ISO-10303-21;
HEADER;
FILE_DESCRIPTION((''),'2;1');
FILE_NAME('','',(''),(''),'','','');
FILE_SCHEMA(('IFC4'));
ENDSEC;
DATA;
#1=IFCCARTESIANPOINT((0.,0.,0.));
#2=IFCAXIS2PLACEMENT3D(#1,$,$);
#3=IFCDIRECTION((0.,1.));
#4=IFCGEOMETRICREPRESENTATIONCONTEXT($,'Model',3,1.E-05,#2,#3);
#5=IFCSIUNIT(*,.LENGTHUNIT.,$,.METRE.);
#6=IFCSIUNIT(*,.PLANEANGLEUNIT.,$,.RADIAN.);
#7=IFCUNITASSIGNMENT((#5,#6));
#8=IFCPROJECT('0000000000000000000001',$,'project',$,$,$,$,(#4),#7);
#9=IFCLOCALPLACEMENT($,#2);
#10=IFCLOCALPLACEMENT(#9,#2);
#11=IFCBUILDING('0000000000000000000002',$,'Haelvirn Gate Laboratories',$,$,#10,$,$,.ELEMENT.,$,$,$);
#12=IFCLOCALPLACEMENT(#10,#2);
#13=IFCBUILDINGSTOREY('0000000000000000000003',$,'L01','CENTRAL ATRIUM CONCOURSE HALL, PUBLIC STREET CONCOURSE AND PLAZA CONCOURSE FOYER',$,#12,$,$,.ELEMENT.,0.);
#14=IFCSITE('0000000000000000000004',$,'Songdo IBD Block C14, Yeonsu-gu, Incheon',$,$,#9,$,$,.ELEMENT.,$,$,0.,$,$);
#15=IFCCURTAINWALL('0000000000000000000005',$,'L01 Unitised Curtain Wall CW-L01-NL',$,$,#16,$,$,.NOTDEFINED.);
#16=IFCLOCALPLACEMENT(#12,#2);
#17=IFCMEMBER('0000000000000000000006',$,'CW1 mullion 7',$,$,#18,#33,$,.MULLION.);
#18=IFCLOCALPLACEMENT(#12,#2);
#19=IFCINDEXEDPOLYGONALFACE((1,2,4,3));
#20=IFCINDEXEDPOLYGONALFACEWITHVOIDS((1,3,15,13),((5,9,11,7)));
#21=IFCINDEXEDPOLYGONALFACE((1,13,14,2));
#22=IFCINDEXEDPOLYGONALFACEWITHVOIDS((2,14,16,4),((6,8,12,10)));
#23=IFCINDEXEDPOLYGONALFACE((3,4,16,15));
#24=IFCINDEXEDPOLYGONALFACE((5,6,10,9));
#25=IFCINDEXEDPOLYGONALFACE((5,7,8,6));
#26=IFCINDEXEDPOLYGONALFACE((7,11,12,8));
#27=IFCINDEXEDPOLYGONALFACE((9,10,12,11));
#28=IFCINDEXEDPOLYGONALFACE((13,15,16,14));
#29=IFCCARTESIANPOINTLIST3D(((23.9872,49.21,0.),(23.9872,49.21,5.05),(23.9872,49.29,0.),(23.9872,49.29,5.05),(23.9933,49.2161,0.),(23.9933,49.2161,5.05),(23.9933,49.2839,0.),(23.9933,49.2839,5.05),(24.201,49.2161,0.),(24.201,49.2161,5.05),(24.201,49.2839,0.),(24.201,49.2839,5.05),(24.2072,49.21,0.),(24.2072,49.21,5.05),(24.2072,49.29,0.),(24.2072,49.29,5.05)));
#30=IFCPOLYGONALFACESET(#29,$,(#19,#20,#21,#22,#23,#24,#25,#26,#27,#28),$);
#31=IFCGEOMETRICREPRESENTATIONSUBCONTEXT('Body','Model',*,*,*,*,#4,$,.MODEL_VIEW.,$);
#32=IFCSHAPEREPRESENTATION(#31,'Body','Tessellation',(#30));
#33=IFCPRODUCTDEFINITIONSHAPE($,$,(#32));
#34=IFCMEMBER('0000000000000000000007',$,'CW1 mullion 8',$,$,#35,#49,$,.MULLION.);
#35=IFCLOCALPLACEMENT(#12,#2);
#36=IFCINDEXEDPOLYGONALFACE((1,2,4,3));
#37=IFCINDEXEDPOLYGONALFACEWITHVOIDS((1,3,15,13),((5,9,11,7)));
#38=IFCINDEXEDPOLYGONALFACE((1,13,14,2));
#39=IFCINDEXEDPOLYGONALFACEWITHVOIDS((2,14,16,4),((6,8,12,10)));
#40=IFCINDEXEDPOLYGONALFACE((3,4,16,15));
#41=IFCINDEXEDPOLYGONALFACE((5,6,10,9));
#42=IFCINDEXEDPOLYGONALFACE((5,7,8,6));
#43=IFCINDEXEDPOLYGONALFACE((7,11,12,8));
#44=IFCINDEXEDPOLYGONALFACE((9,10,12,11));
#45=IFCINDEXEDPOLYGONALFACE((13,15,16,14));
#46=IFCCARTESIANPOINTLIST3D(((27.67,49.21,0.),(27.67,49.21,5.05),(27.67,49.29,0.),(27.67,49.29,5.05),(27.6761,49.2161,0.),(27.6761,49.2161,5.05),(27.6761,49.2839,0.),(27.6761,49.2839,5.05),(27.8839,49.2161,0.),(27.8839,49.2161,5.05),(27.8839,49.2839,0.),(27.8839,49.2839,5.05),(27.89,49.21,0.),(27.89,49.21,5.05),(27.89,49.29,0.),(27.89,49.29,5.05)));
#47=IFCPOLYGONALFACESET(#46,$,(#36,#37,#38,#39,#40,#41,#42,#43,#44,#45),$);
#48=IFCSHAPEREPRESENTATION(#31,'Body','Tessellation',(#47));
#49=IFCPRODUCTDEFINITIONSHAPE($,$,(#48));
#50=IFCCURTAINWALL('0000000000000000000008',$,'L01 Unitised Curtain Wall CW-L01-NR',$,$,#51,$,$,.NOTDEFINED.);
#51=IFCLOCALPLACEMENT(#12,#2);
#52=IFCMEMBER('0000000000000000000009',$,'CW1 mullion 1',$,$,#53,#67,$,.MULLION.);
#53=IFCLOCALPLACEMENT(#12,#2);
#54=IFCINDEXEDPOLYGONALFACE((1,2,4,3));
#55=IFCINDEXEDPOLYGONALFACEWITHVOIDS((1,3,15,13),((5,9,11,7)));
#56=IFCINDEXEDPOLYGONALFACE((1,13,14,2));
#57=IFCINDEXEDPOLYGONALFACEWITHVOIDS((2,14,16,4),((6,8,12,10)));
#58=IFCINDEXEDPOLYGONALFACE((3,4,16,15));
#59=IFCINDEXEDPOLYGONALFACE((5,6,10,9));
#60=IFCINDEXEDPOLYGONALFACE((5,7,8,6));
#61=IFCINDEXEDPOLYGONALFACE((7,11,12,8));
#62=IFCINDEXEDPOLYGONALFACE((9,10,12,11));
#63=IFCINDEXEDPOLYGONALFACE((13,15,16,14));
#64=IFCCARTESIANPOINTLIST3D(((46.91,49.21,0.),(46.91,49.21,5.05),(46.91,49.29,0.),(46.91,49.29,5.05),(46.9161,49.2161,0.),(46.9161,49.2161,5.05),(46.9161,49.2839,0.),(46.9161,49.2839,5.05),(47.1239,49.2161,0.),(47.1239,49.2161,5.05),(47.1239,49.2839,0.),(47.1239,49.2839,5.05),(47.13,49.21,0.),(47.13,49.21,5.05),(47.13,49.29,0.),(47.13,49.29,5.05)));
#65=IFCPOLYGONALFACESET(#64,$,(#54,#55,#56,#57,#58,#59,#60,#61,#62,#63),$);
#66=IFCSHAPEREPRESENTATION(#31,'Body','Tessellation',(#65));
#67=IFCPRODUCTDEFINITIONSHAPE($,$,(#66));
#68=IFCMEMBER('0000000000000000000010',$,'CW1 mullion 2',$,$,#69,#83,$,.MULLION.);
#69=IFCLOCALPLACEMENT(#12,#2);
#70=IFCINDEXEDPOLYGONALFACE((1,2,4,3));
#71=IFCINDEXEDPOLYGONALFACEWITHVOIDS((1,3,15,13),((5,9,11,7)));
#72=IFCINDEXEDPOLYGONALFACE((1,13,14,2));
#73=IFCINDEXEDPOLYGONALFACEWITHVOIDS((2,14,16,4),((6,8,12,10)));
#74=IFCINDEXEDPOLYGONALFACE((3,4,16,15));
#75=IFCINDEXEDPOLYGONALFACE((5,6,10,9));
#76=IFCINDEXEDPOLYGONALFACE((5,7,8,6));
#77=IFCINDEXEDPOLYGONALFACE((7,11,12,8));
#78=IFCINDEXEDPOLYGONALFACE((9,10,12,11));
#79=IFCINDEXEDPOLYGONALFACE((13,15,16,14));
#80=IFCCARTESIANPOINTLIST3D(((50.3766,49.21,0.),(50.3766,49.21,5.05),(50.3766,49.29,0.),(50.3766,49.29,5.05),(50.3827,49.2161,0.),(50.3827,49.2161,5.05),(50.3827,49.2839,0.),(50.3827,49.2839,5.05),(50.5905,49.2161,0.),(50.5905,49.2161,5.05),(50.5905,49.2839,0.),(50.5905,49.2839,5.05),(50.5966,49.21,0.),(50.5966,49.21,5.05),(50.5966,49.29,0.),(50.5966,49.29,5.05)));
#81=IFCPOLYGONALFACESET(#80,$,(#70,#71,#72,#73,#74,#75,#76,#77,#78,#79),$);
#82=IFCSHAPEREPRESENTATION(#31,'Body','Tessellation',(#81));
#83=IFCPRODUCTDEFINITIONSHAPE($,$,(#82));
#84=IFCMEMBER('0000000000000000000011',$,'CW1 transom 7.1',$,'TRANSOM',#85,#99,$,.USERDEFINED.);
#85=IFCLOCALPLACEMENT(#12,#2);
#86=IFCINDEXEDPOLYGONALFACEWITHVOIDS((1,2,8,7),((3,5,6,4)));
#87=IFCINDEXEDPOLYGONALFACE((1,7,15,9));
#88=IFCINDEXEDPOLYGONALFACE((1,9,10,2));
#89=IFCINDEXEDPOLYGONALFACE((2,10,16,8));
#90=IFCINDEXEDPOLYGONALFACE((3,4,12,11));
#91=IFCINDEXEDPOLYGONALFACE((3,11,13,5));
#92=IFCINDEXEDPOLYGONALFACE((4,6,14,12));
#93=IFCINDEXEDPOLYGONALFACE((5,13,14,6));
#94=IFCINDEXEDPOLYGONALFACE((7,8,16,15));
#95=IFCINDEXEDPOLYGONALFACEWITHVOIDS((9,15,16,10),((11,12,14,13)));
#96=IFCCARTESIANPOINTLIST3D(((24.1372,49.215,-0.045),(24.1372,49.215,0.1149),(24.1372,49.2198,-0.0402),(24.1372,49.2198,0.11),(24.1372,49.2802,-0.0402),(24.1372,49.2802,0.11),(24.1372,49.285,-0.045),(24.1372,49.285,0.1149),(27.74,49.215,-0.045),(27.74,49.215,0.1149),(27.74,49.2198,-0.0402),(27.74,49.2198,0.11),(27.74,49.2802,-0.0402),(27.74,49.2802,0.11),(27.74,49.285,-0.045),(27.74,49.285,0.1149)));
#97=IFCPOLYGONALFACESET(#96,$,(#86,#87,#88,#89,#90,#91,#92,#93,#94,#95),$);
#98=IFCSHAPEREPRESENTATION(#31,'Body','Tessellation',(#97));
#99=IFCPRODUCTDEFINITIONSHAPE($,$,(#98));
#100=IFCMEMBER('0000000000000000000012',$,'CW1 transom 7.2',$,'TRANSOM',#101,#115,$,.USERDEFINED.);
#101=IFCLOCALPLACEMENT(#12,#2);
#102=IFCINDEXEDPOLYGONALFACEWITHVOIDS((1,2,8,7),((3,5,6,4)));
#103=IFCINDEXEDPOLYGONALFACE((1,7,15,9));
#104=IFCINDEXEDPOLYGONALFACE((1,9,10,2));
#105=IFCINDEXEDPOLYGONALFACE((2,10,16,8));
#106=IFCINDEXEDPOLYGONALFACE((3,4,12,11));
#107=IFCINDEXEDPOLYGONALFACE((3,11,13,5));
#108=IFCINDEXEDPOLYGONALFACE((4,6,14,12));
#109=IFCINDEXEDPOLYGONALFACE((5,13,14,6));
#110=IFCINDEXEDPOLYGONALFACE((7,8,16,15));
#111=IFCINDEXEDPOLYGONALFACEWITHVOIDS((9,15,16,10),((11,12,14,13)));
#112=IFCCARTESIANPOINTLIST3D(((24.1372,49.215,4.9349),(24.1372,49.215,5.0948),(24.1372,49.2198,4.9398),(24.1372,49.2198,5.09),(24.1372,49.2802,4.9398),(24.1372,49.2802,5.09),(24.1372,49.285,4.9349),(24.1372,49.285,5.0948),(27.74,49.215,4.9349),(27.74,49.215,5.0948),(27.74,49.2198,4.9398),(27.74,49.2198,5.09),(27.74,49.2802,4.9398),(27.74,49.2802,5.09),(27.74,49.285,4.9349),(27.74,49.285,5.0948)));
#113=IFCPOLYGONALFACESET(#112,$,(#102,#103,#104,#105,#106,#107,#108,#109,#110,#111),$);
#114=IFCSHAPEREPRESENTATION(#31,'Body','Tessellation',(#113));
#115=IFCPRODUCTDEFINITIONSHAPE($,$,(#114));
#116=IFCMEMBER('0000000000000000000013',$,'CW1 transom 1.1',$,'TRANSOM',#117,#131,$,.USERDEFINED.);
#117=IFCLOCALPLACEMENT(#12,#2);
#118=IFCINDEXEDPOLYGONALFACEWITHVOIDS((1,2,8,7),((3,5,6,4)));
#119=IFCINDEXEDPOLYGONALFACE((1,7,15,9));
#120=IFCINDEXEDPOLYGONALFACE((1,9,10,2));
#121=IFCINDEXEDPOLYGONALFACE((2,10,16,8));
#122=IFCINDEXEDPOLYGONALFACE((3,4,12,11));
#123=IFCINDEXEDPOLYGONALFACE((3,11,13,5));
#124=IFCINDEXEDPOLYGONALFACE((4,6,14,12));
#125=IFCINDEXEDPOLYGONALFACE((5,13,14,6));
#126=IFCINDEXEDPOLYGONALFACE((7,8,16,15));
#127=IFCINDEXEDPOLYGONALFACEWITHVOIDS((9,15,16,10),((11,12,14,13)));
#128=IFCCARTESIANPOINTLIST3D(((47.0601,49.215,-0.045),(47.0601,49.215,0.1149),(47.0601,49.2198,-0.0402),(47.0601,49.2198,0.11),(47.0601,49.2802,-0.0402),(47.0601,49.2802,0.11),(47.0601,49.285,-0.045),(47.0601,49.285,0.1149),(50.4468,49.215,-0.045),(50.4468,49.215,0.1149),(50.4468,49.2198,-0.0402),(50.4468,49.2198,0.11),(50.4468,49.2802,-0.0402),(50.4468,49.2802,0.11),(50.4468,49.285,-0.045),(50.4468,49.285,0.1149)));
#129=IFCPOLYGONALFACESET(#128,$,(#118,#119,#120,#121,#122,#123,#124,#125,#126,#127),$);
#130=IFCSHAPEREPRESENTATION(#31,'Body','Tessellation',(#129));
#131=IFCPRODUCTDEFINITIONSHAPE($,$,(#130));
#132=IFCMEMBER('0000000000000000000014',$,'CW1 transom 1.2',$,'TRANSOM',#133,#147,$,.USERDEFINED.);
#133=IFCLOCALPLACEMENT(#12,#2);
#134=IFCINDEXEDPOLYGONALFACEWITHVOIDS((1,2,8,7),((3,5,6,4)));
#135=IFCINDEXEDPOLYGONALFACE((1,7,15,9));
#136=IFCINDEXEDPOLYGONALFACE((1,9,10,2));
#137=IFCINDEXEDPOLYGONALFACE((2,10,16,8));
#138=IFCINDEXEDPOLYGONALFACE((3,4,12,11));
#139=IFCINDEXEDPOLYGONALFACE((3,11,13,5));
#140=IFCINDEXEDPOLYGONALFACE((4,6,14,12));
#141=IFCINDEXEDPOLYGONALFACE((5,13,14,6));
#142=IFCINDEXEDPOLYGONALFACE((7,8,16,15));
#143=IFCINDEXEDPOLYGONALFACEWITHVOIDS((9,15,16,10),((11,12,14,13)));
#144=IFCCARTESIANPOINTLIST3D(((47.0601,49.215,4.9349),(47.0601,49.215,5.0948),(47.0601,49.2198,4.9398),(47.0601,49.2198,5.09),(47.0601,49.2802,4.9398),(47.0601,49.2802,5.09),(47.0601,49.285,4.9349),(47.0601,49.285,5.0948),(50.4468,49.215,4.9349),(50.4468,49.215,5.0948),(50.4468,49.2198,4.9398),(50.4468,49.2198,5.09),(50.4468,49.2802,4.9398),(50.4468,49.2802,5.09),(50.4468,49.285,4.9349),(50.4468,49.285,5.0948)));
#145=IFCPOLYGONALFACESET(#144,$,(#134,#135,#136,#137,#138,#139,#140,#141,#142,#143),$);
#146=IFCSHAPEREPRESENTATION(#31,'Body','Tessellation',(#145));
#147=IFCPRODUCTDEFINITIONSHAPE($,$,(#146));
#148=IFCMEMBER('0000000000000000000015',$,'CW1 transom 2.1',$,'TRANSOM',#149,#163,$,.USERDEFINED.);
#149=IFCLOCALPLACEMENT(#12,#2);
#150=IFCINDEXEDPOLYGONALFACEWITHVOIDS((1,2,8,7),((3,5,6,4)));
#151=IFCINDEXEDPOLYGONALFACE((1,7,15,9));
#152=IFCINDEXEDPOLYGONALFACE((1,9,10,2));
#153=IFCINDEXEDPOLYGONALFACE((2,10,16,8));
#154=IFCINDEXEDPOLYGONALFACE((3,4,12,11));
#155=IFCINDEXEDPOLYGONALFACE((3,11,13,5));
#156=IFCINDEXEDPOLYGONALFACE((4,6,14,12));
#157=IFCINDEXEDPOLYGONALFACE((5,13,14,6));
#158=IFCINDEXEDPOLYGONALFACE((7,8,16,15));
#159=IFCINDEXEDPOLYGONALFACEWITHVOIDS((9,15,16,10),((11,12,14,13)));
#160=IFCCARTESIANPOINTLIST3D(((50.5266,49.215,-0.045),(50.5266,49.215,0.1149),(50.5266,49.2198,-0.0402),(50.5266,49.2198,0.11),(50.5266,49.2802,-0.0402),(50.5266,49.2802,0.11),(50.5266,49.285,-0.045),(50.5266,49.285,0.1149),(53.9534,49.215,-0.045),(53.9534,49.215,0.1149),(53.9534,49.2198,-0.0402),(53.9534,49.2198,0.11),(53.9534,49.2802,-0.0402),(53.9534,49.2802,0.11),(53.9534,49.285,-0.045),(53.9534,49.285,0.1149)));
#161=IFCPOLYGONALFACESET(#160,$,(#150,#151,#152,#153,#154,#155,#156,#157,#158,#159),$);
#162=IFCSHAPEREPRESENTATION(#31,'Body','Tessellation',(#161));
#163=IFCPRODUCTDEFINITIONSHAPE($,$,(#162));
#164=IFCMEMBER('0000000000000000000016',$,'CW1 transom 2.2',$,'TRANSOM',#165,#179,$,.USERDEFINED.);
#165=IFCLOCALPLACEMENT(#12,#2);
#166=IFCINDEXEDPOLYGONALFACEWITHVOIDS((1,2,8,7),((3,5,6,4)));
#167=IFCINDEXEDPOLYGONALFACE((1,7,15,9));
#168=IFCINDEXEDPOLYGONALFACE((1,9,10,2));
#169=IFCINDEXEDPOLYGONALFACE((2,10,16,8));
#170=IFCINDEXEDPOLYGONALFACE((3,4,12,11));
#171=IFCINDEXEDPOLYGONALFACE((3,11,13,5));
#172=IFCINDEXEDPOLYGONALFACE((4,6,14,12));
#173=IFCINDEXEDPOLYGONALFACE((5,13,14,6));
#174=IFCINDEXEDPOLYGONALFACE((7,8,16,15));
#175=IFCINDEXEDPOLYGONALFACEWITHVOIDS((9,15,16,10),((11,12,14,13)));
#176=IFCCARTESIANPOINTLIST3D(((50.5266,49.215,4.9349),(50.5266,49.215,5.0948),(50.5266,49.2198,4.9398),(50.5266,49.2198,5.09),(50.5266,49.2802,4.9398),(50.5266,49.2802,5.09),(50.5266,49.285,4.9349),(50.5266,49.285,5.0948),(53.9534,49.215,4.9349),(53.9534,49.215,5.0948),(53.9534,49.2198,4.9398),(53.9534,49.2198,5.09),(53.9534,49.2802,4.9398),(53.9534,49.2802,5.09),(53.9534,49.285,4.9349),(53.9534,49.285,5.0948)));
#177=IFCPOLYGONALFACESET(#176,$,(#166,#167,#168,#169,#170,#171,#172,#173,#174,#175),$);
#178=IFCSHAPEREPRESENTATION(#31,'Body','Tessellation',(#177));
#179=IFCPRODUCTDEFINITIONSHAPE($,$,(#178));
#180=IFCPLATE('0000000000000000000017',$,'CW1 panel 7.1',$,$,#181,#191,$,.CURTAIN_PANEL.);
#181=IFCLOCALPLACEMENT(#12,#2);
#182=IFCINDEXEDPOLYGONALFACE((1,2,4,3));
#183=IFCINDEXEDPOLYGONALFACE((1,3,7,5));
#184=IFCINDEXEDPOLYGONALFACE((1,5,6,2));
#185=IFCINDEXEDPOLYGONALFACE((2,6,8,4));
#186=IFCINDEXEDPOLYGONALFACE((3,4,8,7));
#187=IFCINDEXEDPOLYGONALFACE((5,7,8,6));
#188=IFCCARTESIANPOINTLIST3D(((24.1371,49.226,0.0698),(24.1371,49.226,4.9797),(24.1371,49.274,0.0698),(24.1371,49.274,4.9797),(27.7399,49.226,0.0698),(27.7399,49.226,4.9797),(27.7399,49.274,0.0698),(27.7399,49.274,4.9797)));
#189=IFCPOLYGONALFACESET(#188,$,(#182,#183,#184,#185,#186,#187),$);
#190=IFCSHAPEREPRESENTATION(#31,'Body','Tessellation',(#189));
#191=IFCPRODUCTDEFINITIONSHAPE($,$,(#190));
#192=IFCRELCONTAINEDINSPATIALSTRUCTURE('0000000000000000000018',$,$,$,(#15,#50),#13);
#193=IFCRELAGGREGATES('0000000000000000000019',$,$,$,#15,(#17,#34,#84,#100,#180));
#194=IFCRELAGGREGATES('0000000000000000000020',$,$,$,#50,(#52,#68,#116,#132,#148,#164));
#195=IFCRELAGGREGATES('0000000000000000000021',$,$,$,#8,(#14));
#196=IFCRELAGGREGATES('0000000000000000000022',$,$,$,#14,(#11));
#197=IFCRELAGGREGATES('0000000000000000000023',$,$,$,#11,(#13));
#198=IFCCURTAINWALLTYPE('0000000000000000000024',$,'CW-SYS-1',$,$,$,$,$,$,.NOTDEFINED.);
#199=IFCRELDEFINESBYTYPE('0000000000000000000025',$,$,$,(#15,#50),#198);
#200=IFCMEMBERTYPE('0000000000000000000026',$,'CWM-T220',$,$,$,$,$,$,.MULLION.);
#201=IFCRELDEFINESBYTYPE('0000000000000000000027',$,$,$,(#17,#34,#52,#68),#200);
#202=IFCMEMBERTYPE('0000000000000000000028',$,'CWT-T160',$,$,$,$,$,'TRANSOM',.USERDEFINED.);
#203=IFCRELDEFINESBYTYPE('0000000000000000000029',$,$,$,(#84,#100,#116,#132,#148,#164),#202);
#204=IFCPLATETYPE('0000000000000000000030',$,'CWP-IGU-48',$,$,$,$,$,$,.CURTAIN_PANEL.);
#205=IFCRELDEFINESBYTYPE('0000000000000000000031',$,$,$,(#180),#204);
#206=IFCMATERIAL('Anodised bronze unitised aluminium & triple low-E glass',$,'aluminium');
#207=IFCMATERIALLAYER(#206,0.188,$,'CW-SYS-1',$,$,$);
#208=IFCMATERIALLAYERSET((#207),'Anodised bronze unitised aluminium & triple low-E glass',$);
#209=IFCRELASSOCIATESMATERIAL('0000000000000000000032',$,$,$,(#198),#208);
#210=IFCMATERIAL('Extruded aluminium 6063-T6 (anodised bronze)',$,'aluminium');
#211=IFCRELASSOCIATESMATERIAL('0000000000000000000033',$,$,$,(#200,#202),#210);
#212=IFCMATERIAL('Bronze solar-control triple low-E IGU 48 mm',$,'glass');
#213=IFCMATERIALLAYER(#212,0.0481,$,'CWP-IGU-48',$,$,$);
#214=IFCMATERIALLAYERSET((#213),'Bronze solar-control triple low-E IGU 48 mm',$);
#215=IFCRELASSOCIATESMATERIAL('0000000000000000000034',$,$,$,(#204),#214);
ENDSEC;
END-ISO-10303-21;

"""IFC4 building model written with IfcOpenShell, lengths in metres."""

from ifc_helpers import new_model, si_unit, direction, frame, origin, origin_2d, place, context, subcontext, project, spatial, rectangle, hollow_rectangle, extrude, source, transform, mapped, material, layer, layer_set, material_profile, profile_set, type_object, type_shapes, element, aggregate, save


model = new_model("IFC4")

# Units and contexts
model_context = context("Model", 3, precision=1e-05, world=origin(), true_north=direction((0.0, 1.0)))
body_context = subcontext(model_context, "Body", "Model", "MODEL_VIEW")
ifc_project = project(units=[si_unit("LENGTHUNIT", "METRE"), si_unit("PLANEANGLEUNIT", "RADIAN")], contexts=[model_context])

# Site, building, storey
site_placement = place(None, origin())
site = spatial("IfcSite", under=ifc_project, at=site_placement, Name="Songdo IBD Block C14, Yeonsu-gu, Incheon", CompositionType="ELEMENT", RefElevation=0.0)
building_placement = place(site_placement, origin())
building = spatial("IfcBuilding", under=site, at=building_placement, Name="Haelvirn Gate Laboratories", CompositionType="ELEMENT")
storey_placement = place(building_placement, origin())
storey = spatial("IfcBuildingStorey", under=building, at=storey_placement, Name="L01", Description="CENTRAL ATRIUM CONCOURSE HALL, PUBLIC STREET CONCOURSE AND PLAZA CONCOURSE FOYER", CompositionType="ELEMENT", Elevation=0.0)

# Curtain walls, members
ifc_material_1 = material(Name="Anodised bronze unitised aluminium & triple low-E glass", Category="aluminium")
ifc_layer_1 = layer(ifc_material_1, 0.188, Name="CW-SYS-1")
ifc_layer_set_1 = layer_set([ifc_layer_1], Name="Anodised bronze unitised aluminium & triple low-E glass")
curtain_wall_type = type_object("IfcCurtainWallType", Name="CW-SYS-1", PredefinedType="NOTDEFINED", material=ifc_layer_set_1)
curtain_wall_1_placement = place(storey_placement, origin())
curtain_wall_1 = element("IfcCurtainWall", 1, at=curtain_wall_1_placement, inside=storey, type_object=curtain_wall_type, Name="L01 Unitised Curtain Wall CW-L01-NL", PredefinedType="NOTDEFINED")
ifc_material_2 = material(Name="Extruded aluminium 6063-T6 (anodised bronze)", Category="aluminium")
ifc_material_profile_1 = material_profile(ifc_material_2, hollow_rectangle(XDim=0.0801, YDim=0.22, WallThickness=0.0061, at=origin_2d()), Name="CWM-220x80x6")
ifc_profile_set_1 = profile_set([ifc_material_profile_1], Name="Extruded aluminium 6063-T6 (anodised bronze)")
member_type_1 = type_object("IfcMemberType", Name="CWM-T220", PredefinedType="MULLION", material=ifc_profile_set_1)
shared_shape_1 = source(origin(), body_context, "Body", "SweptSolid", [
    extrude(hollow_rectangle(XDim=0.0801, YDim=0.22, WallThickness=0.0061, at=origin_2d()), origin(), (0.0, 0.0, 1.0), 5.05),
])
type_shapes(member_type_1, [shared_shape_1])
member_1_placement = place(storey_placement, frame((24.0972, 49.25, 0.0), z_axis=(0.0, 0.0, 1.0), x_axis=(0.0, 1.0, 0.0)))
member_1 = element("IfcMember", 2, at=member_1_placement, type_object=member_type_1, Name="CW1 mullion 7", PredefinedType="MULLION", context=body_context, shape_type="MappedRepresentation", body=[
    mapped(shared_shape_1, transform((0.0, 0.0, 0.0), scale=1.0)),
])
member_2_placement = place(storey_placement, frame((27.78, 49.25, 0.0), z_axis=(0.0, 0.0, 1.0), x_axis=(0.0, 1.0, 0.0)))
member_2 = element("IfcMember", 3, at=member_2_placement, type_object=member_type_1, Name="CW1 mullion 8", PredefinedType="MULLION", context=body_context, shape_type="MappedRepresentation", body=[
    mapped(shared_shape_1, transform((0.0, 0.0, 0.0), scale=1.0)),
])
curtain_wall_2_placement = place(storey_placement, origin())
curtain_wall_2 = element("IfcCurtainWall", 4, at=curtain_wall_2_placement, inside=storey, type_object=curtain_wall_type, Name="L01 Unitised Curtain Wall CW-L01-NR", PredefinedType="NOTDEFINED")
member_3_placement = place(storey_placement, frame((47.02, 49.25, 0.0), z_axis=(0.0, 0.0, 1.0), x_axis=(0.0, 1.0, 0.0)))
member_3 = element("IfcMember", 5, at=member_3_placement, type_object=member_type_1, Name="CW1 mullion 1", PredefinedType="MULLION", context=body_context, shape_type="MappedRepresentation", body=[
    mapped(shared_shape_1, transform((0.0, 0.0, 0.0), scale=1.0)),
])
member_4_placement = place(storey_placement, frame((50.4866, 49.25, 0.0), z_axis=(0.0, 0.0, 1.0), x_axis=(0.0, 1.0, 0.0)))
member_4 = element("IfcMember", 6, at=member_4_placement, type_object=member_type_1, Name="CW1 mullion 2", PredefinedType="MULLION", context=body_context, shape_type="MappedRepresentation", body=[
    mapped(shared_shape_1, transform((0.0, 0.0, 0.0), scale=1.0)),
])

# Members
ifc_material_profile_2 = material_profile(ifc_material_2, hollow_rectangle(XDim=0.0701, YDim=0.1599, WallThickness=0.0049, at=origin_2d()), Name="CWT-160x70x5")
ifc_profile_set_2 = profile_set([ifc_material_profile_2], Name="Extruded aluminium 6063-T6 (anodised bronze)")
member_type_2 = type_object("IfcMemberType", Name="CWT-T160", ElementType="TRANSOM", PredefinedType="USERDEFINED", material=ifc_profile_set_2)
shared_shape_2 = source(origin(), body_context, "Body", "SweptSolid", [
    extrude(hollow_rectangle(XDim=0.0701, YDim=0.1599, WallThickness=0.0049, at=origin_2d()), origin(), (0.0, 0.0, 1.0), 3.6028),
])
member_5_placement = place(storey_placement, frame((24.1372, 49.25, 0.0349), z_axis=(1.0, 0.0, 0.0), x_axis=(0.0, 1.0, 0.0)))
member_5 = element("IfcMember", 7, at=member_5_placement, type_object=member_type_2, Name="CW1 transom 7.1", ObjectType="TRANSOM", PredefinedType="USERDEFINED", context=body_context, shape_type="MappedRepresentation", body=[
    mapped(shared_shape_2, transform((0.0, 0.0, 0.0), scale=1.0)),
])
member_6_placement = place(storey_placement, frame((24.1372, 49.25, 5.0149), z_axis=(1.0, 0.0, 0.0), x_axis=(0.0, 1.0, 0.0)))
member_6 = element("IfcMember", 8, at=member_6_placement, type_object=member_type_2, Name="CW1 transom 7.2", ObjectType="TRANSOM", PredefinedType="USERDEFINED", context=body_context, shape_type="MappedRepresentation", body=[
    mapped(shared_shape_2, transform((0.0, 0.0, 0.0), scale=1.0)),
])
shared_shape_3 = source(origin(), body_context, "Body", "SweptSolid", [
    extrude(hollow_rectangle(XDim=0.0701, YDim=0.1599, WallThickness=0.0049, at=origin_2d()), origin(), (0.0, 0.0, 1.0), 3.3867),
])
member_7_placement = place(storey_placement, frame((47.0601, 49.25, 0.0349), z_axis=(1.0, 0.0, 0.0), x_axis=(0.0, 1.0, 0.0)))
member_7 = element("IfcMember", 9, at=member_7_placement, type_object=member_type_2, Name="CW1 transom 1.1", ObjectType="TRANSOM", PredefinedType="USERDEFINED", context=body_context, shape_type="MappedRepresentation", body=[
    mapped(shared_shape_3, transform((0.0, 0.0, 0.0), scale=1.0)),
])
member_8_placement = place(storey_placement, frame((47.0601, 49.25, 5.0149), z_axis=(1.0, 0.0, 0.0), x_axis=(0.0, 1.0, 0.0)))
member_8 = element("IfcMember", 10, at=member_8_placement, type_object=member_type_2, Name="CW1 transom 1.2", ObjectType="TRANSOM", PredefinedType="USERDEFINED", context=body_context, shape_type="MappedRepresentation", body=[
    mapped(shared_shape_3, transform((0.0, 0.0, 0.0), scale=1.0)),
])
shared_shape_4 = source(origin(), body_context, "Body", "SweptSolid", [
    extrude(hollow_rectangle(XDim=0.0701, YDim=0.1599, WallThickness=0.0049, at=origin_2d()), origin(), (0.0, 0.0, 1.0), 3.4268),
])
type_shapes(member_type_2, [shared_shape_2, shared_shape_3, shared_shape_4])
member_9_placement = place(storey_placement, frame((50.5266, 49.25, 0.0349), z_axis=(1.0, 0.0, 0.0), x_axis=(0.0, 1.0, 0.0)))
member_9 = element("IfcMember", 11, at=member_9_placement, type_object=member_type_2, Name="CW1 transom 2.1", ObjectType="TRANSOM", PredefinedType="USERDEFINED", context=body_context, shape_type="MappedRepresentation", body=[
    mapped(shared_shape_4, transform((0.0, 0.0, 0.0), scale=1.0)),
])
member_10_placement = place(storey_placement, frame((50.5266, 49.25, 5.0149), z_axis=(1.0, 0.0, 0.0), x_axis=(0.0, 1.0, 0.0)))
member_10 = element("IfcMember", 12, at=member_10_placement, type_object=member_type_2, Name="CW1 transom 2.2", ObjectType="TRANSOM", PredefinedType="USERDEFINED", context=body_context, shape_type="MappedRepresentation", body=[
    mapped(shared_shape_4, transform((0.0, 0.0, 0.0), scale=1.0)),
])

# Plate
ifc_material_3 = material(Name="Bronze solar-control triple low-E IGU 48 mm", Category="glass")
ifc_layer_2 = layer(ifc_material_3, 0.0481, Name="CWP-IGU-48")
ifc_layer_set_2 = layer_set([ifc_layer_2], Name="Bronze solar-control triple low-E IGU 48 mm")
plate_type = type_object("IfcPlateType", Name="CWP-IGU-48", PredefinedType="CURTAIN_PANEL", material=ifc_layer_set_2)
shared_shape_5 = source(origin(), body_context, "Body", "SweptSolid", [
    extrude(rectangle(XDim=3.6028, YDim=0.0481, at=origin_2d()), origin(), (0.0, 0.0, 1.0), 4.9099),
])
plate_1_placement = place(storey_placement, frame((25.9385, 49.25, 0.0698), z_axis=(0.0, 0.0, 1.0), x_axis=(1.0, 0.0, 0.0)))
plate_1 = element("IfcPlate", 13, at=plate_1_placement, type_object=plate_type, Name="CW1 panel 7.1", PredefinedType="CURTAIN_PANEL", context=body_context, shape_type="MappedRepresentation", body=[
    mapped(shared_shape_5, transform((0.0, 0.0, 0.0), scale=1.0)),
])
aggregate(curtain_wall_1, [member_1, member_2, member_5, member_6, plate_1])
aggregate(curtain_wall_2, [member_3, member_4, member_7, member_8, member_9, member_10])

save(model, "model.ifc")
